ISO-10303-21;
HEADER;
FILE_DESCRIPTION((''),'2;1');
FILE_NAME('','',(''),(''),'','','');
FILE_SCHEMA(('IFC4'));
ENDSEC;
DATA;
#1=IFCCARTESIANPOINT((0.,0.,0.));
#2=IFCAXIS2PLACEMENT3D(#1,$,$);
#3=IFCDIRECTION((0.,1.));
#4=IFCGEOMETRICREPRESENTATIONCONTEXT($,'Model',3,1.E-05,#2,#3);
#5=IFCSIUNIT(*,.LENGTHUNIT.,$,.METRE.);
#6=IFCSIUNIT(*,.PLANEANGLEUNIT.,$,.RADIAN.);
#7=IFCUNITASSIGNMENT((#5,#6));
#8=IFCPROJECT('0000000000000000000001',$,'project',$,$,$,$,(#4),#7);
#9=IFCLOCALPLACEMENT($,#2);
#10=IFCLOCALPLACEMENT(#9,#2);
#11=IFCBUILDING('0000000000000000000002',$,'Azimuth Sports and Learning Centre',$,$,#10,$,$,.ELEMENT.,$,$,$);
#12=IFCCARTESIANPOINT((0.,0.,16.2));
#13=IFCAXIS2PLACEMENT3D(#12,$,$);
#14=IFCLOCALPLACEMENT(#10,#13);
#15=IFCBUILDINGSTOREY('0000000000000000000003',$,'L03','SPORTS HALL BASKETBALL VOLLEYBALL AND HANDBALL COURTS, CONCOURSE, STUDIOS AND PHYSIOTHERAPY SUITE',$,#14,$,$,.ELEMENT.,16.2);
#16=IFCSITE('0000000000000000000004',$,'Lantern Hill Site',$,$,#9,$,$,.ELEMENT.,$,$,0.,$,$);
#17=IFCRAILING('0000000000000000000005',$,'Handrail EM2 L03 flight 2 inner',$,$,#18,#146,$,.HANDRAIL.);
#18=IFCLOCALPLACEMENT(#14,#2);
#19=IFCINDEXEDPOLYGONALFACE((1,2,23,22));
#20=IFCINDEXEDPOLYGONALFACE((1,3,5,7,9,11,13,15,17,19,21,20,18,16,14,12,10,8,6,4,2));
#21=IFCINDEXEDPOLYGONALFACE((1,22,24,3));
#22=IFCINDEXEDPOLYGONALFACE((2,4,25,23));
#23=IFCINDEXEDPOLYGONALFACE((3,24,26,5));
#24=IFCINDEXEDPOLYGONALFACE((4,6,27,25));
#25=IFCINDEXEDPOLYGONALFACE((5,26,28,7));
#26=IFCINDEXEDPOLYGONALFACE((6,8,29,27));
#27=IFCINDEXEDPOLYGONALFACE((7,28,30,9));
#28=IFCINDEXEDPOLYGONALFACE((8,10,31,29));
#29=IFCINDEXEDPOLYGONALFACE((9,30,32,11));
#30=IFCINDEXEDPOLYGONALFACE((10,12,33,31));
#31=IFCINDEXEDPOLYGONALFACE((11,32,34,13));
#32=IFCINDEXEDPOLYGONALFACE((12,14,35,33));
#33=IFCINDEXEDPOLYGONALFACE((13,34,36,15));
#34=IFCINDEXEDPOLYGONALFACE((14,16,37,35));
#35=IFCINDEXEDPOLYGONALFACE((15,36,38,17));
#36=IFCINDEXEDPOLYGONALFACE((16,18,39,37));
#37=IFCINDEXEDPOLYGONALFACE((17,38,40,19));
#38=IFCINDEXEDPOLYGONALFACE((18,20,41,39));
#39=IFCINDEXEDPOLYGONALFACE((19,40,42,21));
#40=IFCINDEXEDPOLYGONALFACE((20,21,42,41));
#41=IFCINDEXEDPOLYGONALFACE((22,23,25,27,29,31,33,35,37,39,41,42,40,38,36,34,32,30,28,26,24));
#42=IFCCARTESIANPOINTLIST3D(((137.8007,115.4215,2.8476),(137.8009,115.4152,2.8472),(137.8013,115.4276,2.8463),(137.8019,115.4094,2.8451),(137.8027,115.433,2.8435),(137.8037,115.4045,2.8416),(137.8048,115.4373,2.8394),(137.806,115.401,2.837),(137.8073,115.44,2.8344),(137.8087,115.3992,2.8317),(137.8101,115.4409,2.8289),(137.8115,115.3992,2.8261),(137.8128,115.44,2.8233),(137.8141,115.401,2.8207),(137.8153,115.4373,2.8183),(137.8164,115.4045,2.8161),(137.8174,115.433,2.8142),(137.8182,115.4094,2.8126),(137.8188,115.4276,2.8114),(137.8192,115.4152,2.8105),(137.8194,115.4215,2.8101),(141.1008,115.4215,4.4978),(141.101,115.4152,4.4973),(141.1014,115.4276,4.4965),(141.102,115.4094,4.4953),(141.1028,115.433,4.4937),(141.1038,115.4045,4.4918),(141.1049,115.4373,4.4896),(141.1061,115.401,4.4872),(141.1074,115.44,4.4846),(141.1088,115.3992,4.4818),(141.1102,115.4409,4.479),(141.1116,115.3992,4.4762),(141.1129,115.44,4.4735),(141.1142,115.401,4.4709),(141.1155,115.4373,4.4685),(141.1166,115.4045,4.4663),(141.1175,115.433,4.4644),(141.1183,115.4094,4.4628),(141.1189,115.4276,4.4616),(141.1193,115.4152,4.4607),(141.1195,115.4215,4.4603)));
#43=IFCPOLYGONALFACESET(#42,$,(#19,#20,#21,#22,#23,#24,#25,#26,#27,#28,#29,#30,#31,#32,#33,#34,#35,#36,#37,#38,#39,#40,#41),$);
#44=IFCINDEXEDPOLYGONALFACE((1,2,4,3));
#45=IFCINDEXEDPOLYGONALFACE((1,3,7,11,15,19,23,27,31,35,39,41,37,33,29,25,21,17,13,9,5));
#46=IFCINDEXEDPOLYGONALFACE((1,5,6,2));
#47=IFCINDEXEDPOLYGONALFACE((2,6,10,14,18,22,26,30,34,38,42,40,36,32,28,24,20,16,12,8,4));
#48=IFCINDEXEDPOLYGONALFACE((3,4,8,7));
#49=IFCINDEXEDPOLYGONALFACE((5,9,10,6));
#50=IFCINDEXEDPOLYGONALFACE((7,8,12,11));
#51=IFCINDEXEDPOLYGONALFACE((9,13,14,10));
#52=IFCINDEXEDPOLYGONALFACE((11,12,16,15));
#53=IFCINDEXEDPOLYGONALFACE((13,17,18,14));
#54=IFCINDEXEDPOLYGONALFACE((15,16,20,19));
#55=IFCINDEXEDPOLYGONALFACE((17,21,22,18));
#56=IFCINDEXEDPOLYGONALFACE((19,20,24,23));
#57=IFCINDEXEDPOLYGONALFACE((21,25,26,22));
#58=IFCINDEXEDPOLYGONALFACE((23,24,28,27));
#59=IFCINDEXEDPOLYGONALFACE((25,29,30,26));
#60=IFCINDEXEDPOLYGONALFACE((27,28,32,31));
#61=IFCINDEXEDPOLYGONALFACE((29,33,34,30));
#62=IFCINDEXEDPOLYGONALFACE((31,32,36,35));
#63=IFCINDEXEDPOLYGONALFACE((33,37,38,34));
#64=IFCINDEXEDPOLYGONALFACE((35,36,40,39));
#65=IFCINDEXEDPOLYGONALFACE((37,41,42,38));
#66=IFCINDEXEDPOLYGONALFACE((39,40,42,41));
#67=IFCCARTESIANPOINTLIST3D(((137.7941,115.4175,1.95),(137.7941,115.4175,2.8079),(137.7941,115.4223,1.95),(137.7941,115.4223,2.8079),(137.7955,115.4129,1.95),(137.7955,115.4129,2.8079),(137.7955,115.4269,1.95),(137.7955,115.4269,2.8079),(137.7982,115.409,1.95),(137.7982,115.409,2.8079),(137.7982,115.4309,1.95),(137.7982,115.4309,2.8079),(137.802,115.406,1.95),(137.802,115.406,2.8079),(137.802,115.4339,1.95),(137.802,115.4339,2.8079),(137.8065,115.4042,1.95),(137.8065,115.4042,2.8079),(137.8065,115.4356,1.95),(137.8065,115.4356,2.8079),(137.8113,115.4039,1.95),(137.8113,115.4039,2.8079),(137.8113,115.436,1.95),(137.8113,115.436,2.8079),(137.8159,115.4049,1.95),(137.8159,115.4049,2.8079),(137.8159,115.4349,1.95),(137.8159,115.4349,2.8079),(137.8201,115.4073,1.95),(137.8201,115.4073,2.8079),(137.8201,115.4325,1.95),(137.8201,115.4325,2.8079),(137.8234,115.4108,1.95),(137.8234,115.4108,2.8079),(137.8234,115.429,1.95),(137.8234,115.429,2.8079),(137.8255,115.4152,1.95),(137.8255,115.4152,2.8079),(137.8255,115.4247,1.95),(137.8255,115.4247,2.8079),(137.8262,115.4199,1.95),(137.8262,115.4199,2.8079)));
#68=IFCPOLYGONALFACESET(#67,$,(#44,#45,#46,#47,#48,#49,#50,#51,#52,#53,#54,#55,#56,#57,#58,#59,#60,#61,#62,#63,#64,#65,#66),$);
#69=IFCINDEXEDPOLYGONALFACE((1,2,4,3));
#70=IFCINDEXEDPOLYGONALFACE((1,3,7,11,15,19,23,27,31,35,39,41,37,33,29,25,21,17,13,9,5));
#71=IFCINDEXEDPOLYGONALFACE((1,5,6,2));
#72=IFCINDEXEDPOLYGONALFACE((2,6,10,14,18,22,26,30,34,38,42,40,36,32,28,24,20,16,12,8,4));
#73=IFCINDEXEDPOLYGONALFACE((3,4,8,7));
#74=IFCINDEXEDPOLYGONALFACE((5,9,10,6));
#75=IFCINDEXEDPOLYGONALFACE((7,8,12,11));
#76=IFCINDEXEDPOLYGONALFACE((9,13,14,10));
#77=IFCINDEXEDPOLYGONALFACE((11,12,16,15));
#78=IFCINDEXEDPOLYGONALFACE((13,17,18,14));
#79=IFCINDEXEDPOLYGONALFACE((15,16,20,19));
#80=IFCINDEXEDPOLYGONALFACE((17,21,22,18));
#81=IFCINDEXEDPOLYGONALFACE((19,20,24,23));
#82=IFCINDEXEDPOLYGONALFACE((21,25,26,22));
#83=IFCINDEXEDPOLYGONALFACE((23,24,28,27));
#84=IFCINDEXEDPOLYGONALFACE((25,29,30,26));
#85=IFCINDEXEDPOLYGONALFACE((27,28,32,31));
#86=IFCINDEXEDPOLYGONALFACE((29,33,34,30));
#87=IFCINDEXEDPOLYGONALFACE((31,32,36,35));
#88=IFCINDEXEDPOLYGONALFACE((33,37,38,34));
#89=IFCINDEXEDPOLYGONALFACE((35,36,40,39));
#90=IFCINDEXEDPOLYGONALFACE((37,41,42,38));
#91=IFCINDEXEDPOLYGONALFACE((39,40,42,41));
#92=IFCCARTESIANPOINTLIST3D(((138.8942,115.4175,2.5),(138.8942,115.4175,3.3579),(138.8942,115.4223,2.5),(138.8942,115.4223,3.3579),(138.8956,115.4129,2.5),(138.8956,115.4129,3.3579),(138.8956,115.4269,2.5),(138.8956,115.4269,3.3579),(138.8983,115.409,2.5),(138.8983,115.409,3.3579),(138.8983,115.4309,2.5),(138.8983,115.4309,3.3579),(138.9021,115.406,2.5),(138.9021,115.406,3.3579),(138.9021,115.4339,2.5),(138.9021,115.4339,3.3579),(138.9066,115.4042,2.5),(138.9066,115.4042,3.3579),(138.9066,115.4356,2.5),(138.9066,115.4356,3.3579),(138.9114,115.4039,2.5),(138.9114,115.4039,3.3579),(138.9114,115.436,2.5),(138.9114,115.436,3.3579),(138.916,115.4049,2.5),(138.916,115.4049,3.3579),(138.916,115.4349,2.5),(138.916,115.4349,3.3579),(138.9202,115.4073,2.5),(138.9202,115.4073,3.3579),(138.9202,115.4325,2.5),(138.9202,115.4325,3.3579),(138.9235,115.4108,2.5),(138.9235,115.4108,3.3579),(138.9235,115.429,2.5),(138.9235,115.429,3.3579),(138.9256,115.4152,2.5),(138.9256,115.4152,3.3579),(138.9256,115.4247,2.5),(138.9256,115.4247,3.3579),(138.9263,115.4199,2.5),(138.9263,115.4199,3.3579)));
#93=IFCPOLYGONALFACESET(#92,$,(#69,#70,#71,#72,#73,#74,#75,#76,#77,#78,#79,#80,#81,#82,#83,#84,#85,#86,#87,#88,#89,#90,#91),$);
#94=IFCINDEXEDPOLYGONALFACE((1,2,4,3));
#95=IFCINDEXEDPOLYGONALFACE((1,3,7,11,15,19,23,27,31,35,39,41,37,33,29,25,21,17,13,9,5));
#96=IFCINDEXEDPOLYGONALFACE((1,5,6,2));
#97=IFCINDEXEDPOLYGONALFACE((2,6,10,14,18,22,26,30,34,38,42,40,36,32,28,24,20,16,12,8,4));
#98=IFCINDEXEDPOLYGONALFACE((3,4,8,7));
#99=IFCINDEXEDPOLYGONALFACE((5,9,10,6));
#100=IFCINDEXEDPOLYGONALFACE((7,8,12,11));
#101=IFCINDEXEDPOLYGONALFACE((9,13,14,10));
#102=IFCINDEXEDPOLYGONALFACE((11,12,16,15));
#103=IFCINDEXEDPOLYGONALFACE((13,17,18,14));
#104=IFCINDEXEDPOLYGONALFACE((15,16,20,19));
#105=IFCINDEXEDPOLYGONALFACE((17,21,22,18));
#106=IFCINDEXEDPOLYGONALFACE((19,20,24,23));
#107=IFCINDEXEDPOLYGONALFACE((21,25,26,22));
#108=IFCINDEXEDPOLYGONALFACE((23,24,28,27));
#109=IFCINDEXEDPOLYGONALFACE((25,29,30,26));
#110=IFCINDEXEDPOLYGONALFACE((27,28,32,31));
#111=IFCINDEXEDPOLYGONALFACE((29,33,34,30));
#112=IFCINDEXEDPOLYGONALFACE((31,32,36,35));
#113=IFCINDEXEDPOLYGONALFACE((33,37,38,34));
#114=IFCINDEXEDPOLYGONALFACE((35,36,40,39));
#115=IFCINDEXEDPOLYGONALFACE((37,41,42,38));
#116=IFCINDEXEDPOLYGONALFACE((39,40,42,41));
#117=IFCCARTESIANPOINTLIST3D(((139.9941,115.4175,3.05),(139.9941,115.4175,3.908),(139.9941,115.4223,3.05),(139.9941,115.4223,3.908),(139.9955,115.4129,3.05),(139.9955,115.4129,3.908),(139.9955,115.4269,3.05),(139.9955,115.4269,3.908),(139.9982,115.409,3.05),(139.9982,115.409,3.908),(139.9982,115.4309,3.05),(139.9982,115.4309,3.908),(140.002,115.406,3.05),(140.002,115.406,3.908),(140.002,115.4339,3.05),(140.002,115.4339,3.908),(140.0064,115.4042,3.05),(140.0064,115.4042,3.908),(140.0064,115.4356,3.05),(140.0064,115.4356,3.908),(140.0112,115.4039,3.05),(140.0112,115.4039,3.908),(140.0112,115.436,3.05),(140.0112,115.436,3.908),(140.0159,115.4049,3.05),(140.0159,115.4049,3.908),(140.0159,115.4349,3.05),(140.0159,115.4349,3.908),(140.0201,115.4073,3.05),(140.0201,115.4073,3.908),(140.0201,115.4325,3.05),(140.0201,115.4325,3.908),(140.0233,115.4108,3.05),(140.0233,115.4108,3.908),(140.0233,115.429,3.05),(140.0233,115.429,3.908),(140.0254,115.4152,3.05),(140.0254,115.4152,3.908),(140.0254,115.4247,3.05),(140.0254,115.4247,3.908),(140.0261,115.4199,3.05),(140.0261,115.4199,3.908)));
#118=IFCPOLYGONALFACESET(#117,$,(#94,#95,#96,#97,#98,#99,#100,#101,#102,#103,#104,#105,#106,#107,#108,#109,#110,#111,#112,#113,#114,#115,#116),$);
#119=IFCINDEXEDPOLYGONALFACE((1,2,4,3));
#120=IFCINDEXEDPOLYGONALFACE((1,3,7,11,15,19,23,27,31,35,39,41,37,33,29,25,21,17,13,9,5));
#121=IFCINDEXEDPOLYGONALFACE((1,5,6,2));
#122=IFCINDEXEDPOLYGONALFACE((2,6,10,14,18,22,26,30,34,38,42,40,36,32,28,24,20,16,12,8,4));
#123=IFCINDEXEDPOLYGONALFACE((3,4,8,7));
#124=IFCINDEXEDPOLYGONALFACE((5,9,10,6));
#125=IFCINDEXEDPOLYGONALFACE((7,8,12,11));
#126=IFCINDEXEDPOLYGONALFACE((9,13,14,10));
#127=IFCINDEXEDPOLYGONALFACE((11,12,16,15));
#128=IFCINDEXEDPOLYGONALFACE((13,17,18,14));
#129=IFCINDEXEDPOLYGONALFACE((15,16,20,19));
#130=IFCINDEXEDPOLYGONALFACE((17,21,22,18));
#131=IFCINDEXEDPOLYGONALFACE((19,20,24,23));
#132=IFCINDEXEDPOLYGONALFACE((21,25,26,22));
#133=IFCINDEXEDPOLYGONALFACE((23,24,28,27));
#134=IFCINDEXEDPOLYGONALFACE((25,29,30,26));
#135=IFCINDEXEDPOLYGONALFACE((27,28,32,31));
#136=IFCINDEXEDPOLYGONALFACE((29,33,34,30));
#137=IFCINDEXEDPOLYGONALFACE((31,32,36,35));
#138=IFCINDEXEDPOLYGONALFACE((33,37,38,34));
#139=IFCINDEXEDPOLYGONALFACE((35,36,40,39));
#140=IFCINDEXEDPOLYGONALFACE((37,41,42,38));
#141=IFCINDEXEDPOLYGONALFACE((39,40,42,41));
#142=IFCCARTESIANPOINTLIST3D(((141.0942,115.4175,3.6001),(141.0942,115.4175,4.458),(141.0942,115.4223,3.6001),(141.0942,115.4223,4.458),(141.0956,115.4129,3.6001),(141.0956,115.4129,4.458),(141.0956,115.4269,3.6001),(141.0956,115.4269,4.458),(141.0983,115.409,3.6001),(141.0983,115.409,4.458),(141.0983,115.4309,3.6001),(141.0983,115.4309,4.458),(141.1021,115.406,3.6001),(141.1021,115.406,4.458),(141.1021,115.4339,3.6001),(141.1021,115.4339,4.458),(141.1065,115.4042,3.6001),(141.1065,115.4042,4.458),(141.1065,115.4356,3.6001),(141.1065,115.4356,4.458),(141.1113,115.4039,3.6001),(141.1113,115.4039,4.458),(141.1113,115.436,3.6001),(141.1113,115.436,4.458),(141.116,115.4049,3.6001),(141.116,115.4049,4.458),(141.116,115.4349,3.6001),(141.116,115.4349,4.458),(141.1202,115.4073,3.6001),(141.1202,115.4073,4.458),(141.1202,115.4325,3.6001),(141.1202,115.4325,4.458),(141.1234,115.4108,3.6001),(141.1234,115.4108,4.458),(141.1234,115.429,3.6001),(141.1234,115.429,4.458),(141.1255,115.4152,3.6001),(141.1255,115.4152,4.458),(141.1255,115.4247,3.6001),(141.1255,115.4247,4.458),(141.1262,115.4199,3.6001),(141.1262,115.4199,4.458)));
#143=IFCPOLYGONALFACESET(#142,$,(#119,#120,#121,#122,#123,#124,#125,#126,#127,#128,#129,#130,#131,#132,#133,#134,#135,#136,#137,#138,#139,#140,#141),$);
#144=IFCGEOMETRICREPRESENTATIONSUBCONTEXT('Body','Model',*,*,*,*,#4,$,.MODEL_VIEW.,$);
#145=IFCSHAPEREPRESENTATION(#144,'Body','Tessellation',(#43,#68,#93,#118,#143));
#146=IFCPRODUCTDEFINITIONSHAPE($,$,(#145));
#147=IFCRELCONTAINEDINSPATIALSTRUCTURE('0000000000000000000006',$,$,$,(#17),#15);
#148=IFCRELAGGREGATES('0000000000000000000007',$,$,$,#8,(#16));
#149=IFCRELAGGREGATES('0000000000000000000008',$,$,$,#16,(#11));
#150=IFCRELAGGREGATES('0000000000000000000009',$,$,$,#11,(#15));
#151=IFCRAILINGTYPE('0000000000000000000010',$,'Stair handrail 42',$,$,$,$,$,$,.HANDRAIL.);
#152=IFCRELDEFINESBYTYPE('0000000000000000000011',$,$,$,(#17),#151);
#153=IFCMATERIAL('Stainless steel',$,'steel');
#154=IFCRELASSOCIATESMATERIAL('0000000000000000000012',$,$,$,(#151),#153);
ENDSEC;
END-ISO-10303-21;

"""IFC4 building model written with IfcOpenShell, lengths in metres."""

from ifc_helpers import new_model, si_unit, direction, frame, origin, origin_2d, place, context, subcontext, project, spatial, circle, extrude, material, type_object, element, save


model = new_model("IFC4")

# Units and contexts
model_context = context("Model", 3, precision=1e-05, world=origin(), true_north=direction((0.0, 1.0)))
body_context = subcontext(model_context, "Body", "Model", "MODEL_VIEW")
ifc_project = project(units=[si_unit("LENGTHUNIT", "METRE"), si_unit("PLANEANGLEUNIT", "RADIAN")], contexts=[model_context])

# Site, building, storey
site_placement = place(None, origin())
site = spatial("IfcSite", under=ifc_project, at=site_placement, Name="Lantern Hill Site", CompositionType="ELEMENT", RefElevation=0.0)
building_placement = place(site_placement, origin())
building = spatial("IfcBuilding", under=site, at=building_placement, Name="Azimuth Sports and Learning Centre", CompositionType="ELEMENT")
storey_placement = place(building_placement, frame((0.0, 0.0, 16.2)))
storey = spatial("IfcBuildingStorey", under=building, at=storey_placement, Name="L03", Description="SPORTS HALL BASKETBALL VOLLEYBALL AND HANDBALL COURTS, CONCOURSE, STUDIOS AND PHYSIOTHERAPY SUITE", CompositionType="ELEMENT", Elevation=16.2)

# Railing
ifc_material_1 = material(Name="Stainless steel", Category="steel")
railing_type = type_object("IfcRailingType", Name="Stair handrail 42", PredefinedType="HANDRAIL", material=ifc_material_1)
for number, where, name in (
    (1, (137.8101, 115.4199, 1.95), "Handrail EM2 L03 flight 2 inner"),
):
    element("IfcRailing", number, at=place(storey_placement, frame(where)), inside=storey, type_object=railing_type, Name=name, PredefinedType="HANDRAIL", context=body_context, shape_type="SweptSolid", body=[
        extrude(circle(Radius=0.021, at=origin_2d()), frame((0.0, 0.0, 0.8789), z_axis=(0.894414, 0.0, 0.44724), x_axis=(0.0, 1.0, 0.0)), (0.0, 0.0, 1.0), 3.6897),
        extrude(circle(Radius=0.0161, at=origin_2d()), origin(), (0.0, 0.0, 1.0), 0.8579),
        extrude(circle(Radius=0.0161, at=origin_2d()), frame((1.1001, 0.0, 0.55)), (0.0, 0.0, 1.0), 0.8579),
        extrude(circle(Radius=0.0161, at=origin_2d()), frame((2.2, 0.0, 1.1001)), (0.0, 0.0, 1.0), 0.8579),
        extrude(circle(Radius=0.0161, at=origin_2d()), frame((3.3, 0.0, 1.6501)), (0.0, 0.0, 1.0), 0.8579),
    ])

save(model, "model.ifc")
